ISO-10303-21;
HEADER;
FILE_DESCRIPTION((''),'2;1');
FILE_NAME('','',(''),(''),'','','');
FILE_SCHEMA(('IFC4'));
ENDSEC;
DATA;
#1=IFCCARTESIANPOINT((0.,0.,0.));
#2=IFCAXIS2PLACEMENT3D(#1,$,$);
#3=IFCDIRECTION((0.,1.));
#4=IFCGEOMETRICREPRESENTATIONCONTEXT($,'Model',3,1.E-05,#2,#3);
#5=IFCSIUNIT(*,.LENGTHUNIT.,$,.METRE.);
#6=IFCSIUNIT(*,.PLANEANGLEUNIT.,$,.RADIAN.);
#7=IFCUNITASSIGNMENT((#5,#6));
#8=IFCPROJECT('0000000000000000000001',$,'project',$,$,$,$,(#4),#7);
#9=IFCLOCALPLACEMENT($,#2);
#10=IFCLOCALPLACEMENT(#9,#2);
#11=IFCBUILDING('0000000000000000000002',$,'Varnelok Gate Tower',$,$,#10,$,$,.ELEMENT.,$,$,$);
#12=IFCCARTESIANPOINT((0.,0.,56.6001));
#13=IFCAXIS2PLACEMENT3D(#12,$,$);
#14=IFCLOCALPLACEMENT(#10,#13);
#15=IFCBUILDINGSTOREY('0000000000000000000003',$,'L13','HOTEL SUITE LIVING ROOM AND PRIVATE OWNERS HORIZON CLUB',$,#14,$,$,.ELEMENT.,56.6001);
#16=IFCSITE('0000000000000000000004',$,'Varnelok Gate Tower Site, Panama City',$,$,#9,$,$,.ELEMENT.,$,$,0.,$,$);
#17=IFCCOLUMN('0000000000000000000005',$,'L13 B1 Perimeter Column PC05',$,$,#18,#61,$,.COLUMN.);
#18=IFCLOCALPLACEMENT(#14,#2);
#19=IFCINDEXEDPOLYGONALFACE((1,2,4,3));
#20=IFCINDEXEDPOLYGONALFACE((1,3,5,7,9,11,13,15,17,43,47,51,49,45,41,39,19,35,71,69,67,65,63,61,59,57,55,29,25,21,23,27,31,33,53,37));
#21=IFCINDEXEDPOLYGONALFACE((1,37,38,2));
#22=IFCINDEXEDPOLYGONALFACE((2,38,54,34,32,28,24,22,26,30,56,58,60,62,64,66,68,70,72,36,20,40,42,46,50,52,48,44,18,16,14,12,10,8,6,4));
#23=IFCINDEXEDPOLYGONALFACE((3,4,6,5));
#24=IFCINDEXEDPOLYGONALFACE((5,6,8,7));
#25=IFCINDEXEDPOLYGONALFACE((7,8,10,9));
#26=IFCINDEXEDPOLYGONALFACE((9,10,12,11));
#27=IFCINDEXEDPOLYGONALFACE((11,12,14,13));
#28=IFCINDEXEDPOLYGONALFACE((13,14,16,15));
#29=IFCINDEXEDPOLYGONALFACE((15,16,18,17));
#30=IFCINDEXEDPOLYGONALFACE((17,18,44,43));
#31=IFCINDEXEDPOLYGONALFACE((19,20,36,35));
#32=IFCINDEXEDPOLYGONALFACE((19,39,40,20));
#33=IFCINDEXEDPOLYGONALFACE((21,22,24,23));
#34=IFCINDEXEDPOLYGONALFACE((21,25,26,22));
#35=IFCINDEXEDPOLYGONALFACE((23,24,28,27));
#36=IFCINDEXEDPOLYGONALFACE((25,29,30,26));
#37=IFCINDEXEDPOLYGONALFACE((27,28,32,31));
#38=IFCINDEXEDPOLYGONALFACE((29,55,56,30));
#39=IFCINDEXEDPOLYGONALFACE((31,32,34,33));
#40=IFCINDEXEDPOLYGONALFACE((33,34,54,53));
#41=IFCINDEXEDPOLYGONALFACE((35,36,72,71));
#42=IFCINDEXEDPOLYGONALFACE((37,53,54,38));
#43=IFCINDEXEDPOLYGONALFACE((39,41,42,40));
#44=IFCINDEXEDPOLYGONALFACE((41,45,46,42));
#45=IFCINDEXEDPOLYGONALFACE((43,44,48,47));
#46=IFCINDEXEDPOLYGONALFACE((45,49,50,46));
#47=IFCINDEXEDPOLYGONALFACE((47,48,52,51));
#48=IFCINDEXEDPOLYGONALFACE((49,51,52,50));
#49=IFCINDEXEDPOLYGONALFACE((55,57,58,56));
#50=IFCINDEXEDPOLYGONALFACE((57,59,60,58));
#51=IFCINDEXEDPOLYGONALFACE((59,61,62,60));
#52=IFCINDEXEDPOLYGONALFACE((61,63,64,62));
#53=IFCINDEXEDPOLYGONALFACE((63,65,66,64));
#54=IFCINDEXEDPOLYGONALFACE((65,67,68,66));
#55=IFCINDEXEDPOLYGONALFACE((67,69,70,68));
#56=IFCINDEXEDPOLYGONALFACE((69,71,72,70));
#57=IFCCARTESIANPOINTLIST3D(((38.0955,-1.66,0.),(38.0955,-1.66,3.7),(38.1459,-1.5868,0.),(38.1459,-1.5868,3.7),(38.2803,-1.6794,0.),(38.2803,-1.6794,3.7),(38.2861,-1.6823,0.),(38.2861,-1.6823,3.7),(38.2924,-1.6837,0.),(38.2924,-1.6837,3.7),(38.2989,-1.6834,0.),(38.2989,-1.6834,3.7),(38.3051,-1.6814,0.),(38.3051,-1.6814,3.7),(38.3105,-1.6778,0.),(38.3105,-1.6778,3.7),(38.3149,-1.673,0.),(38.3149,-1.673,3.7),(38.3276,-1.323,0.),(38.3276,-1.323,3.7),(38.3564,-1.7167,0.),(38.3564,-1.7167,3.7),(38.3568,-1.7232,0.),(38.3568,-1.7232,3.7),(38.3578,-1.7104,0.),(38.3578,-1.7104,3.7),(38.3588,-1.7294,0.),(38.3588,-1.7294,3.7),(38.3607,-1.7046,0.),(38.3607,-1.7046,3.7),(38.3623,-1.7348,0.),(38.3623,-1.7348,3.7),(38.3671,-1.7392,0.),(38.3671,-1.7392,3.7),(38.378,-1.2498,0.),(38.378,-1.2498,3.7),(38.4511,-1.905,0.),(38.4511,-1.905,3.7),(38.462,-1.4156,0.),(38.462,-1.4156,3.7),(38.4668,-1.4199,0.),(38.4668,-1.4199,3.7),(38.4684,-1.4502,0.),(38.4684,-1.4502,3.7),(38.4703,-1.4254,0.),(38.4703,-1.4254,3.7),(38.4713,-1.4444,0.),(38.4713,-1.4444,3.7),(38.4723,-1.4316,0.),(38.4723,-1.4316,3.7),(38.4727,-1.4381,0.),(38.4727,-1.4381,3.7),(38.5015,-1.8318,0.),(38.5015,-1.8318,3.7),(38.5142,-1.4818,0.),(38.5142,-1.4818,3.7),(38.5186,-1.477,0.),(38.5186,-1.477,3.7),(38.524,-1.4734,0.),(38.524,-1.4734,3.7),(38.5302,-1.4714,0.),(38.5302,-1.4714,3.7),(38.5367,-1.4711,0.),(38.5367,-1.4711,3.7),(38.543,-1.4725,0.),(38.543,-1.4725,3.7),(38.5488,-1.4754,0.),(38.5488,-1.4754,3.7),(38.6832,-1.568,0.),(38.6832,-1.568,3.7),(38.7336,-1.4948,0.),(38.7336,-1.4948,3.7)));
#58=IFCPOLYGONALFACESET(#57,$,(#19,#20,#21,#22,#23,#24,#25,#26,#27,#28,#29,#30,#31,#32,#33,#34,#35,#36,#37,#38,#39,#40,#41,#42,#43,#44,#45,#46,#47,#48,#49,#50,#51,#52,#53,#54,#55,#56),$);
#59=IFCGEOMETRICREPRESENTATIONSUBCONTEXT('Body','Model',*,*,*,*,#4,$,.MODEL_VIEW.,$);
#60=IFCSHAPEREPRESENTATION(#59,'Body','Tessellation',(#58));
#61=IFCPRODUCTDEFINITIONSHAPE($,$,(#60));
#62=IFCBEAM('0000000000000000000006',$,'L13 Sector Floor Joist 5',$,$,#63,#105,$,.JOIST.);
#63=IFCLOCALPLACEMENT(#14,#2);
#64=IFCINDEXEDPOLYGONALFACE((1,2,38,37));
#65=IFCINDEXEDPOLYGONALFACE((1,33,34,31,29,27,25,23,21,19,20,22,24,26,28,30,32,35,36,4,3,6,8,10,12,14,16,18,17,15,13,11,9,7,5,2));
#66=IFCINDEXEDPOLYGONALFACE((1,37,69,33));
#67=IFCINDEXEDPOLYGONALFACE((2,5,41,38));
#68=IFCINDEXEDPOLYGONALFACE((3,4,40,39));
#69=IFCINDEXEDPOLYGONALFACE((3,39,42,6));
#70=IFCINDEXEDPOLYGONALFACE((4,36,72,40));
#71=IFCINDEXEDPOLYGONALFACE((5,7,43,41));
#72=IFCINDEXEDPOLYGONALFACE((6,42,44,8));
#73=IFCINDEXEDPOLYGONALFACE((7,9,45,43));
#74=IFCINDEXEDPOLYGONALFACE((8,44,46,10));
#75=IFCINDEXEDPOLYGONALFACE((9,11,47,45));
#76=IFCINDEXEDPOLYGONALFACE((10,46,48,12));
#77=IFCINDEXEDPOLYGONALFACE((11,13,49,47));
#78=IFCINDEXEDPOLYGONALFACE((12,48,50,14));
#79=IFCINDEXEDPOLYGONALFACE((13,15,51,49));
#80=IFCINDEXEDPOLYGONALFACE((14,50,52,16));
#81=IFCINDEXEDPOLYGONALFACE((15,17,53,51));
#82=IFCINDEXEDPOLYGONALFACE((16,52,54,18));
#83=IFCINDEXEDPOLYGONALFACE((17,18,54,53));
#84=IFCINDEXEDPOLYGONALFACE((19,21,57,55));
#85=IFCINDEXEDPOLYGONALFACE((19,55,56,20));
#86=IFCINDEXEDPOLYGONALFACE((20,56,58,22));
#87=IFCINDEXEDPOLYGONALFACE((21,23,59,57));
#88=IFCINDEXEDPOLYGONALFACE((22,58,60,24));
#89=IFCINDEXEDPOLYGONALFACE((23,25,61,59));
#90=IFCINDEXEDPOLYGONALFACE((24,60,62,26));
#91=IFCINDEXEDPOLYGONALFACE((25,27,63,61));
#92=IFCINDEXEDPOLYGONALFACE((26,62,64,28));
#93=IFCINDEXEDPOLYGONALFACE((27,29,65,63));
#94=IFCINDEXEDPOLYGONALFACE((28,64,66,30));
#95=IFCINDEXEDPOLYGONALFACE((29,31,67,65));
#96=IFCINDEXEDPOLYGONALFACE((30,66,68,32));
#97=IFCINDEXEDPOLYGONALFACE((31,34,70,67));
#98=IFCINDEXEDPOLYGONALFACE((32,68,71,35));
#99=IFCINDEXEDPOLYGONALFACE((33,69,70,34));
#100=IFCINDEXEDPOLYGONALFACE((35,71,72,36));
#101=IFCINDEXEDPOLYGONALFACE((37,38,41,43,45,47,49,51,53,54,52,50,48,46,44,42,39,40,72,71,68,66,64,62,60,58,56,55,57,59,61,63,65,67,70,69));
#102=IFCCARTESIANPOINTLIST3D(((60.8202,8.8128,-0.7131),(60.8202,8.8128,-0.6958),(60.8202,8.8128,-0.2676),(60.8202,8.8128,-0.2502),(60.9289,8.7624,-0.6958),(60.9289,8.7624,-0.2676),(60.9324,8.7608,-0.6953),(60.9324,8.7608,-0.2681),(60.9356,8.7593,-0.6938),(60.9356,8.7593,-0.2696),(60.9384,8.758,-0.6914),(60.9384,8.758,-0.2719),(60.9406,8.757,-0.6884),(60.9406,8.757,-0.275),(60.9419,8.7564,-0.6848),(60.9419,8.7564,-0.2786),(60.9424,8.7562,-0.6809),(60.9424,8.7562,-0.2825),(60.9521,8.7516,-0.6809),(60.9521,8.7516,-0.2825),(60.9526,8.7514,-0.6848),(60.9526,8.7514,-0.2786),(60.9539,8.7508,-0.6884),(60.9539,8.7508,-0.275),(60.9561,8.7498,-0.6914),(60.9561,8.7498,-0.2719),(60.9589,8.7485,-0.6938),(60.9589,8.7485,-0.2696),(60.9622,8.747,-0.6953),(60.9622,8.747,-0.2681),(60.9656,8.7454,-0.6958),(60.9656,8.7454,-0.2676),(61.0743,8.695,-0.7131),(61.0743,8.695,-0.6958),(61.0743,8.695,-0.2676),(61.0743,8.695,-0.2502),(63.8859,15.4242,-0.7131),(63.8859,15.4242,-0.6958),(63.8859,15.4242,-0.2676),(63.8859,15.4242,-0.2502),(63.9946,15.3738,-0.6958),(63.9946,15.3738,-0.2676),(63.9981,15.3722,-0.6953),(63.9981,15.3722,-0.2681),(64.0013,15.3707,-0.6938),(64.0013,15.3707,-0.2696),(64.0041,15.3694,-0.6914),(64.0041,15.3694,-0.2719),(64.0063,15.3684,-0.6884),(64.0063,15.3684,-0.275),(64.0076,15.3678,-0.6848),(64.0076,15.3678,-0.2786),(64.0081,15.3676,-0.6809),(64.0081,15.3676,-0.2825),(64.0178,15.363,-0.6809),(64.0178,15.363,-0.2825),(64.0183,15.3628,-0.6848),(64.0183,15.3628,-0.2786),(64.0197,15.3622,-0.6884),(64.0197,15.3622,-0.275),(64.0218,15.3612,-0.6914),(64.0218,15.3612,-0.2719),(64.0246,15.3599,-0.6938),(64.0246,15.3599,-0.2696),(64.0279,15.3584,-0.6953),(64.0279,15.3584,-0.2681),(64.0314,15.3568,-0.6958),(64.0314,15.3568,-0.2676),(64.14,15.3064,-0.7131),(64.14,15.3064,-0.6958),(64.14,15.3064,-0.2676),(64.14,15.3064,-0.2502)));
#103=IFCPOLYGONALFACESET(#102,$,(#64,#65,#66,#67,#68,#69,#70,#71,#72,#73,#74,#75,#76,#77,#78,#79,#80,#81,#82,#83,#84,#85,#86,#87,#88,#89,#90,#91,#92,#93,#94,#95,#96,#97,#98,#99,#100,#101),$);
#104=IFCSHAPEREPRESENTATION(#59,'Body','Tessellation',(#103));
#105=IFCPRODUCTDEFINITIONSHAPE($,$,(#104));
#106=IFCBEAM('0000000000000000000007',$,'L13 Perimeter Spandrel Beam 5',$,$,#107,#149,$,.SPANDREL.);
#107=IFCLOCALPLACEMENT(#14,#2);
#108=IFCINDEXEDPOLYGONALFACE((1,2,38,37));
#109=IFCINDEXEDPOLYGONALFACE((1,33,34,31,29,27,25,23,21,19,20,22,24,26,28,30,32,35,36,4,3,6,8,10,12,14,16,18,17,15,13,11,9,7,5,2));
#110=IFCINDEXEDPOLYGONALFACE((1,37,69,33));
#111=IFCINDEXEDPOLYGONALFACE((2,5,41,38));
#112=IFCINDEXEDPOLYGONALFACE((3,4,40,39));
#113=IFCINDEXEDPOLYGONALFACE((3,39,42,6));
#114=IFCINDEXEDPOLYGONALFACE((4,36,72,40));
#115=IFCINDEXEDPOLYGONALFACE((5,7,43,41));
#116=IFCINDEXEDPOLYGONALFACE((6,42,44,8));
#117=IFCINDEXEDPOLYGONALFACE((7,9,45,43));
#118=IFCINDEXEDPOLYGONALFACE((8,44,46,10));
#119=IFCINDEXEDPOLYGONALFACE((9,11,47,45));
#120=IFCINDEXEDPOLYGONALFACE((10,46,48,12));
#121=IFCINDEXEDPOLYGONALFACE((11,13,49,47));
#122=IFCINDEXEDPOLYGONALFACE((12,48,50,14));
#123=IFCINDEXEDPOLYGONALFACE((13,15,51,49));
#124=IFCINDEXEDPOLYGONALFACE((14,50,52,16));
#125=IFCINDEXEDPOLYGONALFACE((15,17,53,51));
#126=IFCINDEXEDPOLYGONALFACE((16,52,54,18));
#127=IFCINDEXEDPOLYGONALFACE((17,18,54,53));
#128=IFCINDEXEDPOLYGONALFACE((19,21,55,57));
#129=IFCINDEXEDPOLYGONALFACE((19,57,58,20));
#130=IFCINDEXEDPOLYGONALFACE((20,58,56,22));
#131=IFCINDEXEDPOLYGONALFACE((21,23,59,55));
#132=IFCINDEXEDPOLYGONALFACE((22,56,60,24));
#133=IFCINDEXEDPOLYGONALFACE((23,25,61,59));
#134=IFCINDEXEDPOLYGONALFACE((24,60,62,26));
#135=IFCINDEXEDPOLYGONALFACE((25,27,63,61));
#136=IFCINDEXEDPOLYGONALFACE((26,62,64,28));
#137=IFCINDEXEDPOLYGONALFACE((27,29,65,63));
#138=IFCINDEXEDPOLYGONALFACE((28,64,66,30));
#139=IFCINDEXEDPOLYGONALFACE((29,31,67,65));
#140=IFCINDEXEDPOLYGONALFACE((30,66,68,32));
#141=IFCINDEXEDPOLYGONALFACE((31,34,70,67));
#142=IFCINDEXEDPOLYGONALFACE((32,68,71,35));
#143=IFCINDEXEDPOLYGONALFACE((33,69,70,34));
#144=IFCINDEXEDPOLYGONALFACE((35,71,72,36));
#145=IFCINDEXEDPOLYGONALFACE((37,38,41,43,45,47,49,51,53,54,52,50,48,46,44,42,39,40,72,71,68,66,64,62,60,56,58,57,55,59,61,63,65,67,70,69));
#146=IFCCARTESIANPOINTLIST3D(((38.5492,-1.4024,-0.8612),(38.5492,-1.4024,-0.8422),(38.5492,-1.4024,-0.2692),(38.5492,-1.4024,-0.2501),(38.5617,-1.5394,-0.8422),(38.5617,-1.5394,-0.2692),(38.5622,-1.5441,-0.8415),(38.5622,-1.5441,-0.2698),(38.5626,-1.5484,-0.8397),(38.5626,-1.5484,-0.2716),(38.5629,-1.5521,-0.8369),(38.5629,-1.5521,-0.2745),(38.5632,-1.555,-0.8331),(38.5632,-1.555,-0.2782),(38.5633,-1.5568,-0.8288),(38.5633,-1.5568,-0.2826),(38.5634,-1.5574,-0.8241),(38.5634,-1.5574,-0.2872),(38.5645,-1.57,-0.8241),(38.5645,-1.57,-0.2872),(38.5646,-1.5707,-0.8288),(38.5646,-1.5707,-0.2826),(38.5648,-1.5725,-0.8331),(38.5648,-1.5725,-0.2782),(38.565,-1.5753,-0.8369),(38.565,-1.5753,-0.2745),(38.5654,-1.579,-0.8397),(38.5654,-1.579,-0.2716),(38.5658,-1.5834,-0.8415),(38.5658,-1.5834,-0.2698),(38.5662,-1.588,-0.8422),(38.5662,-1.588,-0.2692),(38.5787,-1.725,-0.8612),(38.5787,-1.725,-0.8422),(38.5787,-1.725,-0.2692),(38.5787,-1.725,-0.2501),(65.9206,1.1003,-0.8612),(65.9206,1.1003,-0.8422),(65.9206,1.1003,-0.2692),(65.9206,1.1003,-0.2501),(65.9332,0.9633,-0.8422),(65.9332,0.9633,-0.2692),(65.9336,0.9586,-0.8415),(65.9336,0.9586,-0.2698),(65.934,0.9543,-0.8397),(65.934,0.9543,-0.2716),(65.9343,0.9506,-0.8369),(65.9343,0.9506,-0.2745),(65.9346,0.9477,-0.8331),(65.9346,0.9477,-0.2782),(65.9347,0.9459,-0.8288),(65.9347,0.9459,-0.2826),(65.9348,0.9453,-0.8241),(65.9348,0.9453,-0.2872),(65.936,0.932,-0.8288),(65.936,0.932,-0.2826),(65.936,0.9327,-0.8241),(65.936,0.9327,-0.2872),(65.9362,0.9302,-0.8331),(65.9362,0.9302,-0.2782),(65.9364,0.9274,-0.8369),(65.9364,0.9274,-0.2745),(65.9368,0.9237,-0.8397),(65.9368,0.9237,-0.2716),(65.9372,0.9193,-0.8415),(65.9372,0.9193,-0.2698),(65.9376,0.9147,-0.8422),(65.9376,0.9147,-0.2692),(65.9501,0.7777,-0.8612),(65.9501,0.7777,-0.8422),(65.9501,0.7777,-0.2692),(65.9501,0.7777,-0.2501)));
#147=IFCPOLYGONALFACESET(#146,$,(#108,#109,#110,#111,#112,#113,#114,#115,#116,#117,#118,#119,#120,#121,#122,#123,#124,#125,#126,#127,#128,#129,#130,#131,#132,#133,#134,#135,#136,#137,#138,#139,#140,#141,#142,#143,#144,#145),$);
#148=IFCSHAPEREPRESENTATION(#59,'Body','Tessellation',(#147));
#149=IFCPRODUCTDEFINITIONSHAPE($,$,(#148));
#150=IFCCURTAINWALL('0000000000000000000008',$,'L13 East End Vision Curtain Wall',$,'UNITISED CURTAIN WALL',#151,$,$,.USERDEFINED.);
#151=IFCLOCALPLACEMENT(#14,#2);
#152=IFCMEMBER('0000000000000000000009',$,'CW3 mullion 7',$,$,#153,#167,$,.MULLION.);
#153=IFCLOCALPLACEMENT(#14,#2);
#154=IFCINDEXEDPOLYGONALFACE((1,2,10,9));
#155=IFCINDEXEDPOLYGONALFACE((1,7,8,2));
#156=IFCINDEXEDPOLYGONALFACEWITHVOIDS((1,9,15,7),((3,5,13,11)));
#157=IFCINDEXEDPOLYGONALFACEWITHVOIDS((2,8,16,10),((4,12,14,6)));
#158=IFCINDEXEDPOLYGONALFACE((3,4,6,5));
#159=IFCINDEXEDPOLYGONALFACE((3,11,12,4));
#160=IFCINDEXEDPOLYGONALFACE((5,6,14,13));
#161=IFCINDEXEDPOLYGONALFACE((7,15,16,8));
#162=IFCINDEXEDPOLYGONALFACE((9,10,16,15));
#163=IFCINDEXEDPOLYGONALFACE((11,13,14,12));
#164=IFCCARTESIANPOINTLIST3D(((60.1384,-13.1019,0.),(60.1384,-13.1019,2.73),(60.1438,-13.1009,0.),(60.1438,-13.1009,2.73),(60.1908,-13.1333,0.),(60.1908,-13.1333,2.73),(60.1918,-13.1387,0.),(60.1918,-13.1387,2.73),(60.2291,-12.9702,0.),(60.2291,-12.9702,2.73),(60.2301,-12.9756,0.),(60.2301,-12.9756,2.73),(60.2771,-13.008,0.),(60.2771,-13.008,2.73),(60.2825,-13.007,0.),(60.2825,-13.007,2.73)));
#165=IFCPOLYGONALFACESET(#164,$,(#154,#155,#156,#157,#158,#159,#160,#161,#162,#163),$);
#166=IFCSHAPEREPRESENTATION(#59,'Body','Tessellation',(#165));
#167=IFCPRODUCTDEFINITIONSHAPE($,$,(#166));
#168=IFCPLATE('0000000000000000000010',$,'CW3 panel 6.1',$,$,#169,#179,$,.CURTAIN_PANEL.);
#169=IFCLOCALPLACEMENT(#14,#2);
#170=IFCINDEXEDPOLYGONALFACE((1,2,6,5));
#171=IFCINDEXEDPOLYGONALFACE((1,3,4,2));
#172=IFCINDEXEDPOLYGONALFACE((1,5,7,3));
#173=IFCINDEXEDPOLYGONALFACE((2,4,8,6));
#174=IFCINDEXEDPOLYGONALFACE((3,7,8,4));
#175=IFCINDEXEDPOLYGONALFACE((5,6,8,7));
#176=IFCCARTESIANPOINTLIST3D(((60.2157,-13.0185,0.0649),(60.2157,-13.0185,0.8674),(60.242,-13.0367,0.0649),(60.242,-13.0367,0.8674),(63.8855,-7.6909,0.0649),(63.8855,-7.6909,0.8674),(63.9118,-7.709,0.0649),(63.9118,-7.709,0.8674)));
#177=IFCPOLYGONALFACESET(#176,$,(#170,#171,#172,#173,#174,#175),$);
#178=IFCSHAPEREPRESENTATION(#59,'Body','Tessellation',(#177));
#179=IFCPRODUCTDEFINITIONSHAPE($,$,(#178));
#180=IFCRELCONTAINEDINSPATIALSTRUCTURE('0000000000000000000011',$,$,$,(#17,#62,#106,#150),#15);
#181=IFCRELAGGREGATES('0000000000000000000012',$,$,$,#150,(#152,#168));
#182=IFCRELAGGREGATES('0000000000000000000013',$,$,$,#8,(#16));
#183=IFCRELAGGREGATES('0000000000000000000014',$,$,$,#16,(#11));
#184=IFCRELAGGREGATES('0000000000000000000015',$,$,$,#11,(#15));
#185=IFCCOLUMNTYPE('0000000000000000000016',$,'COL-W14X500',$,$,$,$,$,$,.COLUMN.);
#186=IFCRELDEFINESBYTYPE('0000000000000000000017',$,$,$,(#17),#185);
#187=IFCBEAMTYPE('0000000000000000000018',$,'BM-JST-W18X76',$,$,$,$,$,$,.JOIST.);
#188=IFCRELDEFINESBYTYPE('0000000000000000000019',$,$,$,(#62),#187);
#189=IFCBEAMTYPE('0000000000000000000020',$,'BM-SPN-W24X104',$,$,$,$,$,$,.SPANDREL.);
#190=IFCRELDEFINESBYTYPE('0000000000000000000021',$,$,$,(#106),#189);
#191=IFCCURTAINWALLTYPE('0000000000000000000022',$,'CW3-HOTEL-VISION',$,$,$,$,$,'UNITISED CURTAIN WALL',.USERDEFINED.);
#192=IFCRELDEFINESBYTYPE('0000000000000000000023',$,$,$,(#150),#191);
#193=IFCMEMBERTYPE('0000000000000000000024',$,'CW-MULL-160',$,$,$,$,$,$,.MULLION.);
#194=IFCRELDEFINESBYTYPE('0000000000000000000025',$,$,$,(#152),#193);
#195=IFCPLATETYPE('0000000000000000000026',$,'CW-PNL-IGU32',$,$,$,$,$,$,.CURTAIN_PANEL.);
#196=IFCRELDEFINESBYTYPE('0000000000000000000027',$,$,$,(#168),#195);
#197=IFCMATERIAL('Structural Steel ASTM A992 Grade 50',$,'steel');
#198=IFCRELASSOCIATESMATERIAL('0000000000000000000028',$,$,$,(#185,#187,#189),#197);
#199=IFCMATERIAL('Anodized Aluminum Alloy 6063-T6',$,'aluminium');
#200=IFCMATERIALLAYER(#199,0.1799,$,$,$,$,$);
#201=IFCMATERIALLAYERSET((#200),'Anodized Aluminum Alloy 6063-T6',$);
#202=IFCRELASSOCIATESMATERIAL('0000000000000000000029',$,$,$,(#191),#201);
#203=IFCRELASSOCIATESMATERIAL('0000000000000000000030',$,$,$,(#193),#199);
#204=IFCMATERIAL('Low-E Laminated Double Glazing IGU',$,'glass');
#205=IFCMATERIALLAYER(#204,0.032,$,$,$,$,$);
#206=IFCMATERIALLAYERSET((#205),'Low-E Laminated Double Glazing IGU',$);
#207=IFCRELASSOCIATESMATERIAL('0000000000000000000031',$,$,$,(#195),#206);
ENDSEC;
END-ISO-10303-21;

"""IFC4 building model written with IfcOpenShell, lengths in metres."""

from ifc_helpers import new_model, si_unit, direction, frame, origin, origin_2d, place, context, subcontext, project, spatial, rectangle, hollow_rectangle, i_section, extrude, source, transform, mapped, material, layer, layer_set, material_profile, profile_set, type_object, element, aggregate, save


model = new_model("IFC4")

# Units and contexts
model_context = context("Model", 3, precision=1e-05, world=origin(), true_north=direction((0.0, 1.0)))
body_context = subcontext(model_context, "Body", "Model", "MODEL_VIEW")
ifc_project = project(units=[si_unit("LENGTHUNIT", "METRE"), si_unit("PLANEANGLEUNIT", "RADIAN")], contexts=[model_context])

# Site, building, storey
site_placement = place(None, origin())
site = spatial("IfcSite", under=ifc_project, at=site_placement, Name="Varnelok Gate Tower Site, Panama City", CompositionType="ELEMENT", RefElevation=0.0)
building_placement = place(site_placement, origin())
building = spatial("IfcBuilding", under=site, at=building_placement, Name="Varnelok Gate Tower", CompositionType="ELEMENT")
storey_placement = place(building_placement, frame((0.0, 0.0, 56.6001)))
storey = spatial("IfcBuildingStorey", under=building, at=storey_placement, Name="L13", Description="HOTEL SUITE LIVING ROOM AND PRIVATE OWNERS HORIZON CLUB", CompositionType="ELEMENT", Elevation=56.6001)

# Column
ifc_material_1 = material(Name="Structural Steel ASTM A992 Grade 50", Category="steel")
ifc_material_profile_1 = material_profile(ifc_material_1, i_section(OverallWidth=0.4319, OverallDepth=0.498, WebThickness=0.0557, FlangeThickness=0.0889, FilletRadius=0.0249, at=origin_2d()), Name="W14X500")
ifc_profile_set_1 = profile_set([ifc_material_profile_1], Name="Structural Steel ASTM A992 Grade 50")
column_type = type_object("IfcColumnType", Name="COL-W14X500", PredefinedType="COLUMN", material=ifc_profile_set_1)
column_placement = place(storey_placement, frame((38.4146, -1.5774, 0.0), z_axis=(0.0, 0.0, 1.0), x_axis=(0.823533, -0.567269, 0.0)))
element("IfcColumn", 1, at=column_placement, inside=storey, type_object=column_type, Name="L13 B1 Perimeter Column PC05", PredefinedType="COLUMN", context=body_context, shape_type="SweptSolid", body=[
    extrude(i_section(OverallWidth=0.4319, OverallDepth=0.498, WebThickness=0.0557, FlangeThickness=0.0889, FilletRadius=0.0249, at=origin_2d()), origin(), (0.0, 0.0, 1.0), 3.7),
])

# Beams
ifc_material_profile_2 = material_profile(ifc_material_1, i_section(OverallWidth=0.28, OverallDepth=0.4629, WebThickness=0.0107, FlangeThickness=0.0173, FilletRadius=0.0149, at=origin_2d()), Name="W18X76")
ifc_profile_set_2 = profile_set([ifc_material_profile_2], Name="Structural Steel ASTM A992 Grade 50")
beam_type_1 = type_object("IfcBeamType", Name="BM-JST-W18X76", PredefinedType="JOIST", material=ifc_profile_set_2)
beam_1_placement = place(storey_placement, frame((60.9473, 8.7539, -0.4817), z_axis=(0.420674, 0.907212, 0.0), x_axis=(-0.907212, 0.420674, 0.0)))
element("IfcBeam", 2, at=beam_1_placement, inside=storey, type_object=beam_type_1, Name="L13 Sector Floor Joist 5", PredefinedType="JOIST", context=body_context, shape_type="SweptSolid", body=[
    extrude(i_section(OverallWidth=0.28, OverallDepth=0.4629, WebThickness=0.0107, FlangeThickness=0.0173, FilletRadius=0.0149, at=origin_2d()), origin(), (0.0, 0.0, 1.0), 7.2876),
])
ifc_material_profile_3 = material_profile(ifc_material_1, i_section(OverallWidth=0.324, OverallDepth=0.6111, WebThickness=0.0127, FlangeThickness=0.019, FilletRadius=0.0181, at=origin_2d()), Name="W24X104")
ifc_profile_set_3 = profile_set([ifc_material_profile_3], Name="Structural Steel ASTM A992 Grade 50")
beam_type_2 = type_object("IfcBeamType", Name="BM-SPN-W24X104", PredefinedType="SPANDREL", material=ifc_profile_set_3)
beam_2_placement = place(storey_placement, frame((38.564, -1.5637, -0.5557), z_axis=(0.995846, 0.091055, 0.0), x_axis=(-0.091055, 0.995846, 0.0)))
element("IfcBeam", 3, at=beam_2_placement, inside=storey, type_object=beam_type_2, Name="L13 Perimeter Spandrel Beam 5", PredefinedType="SPANDREL", context=body_context, shape_type="SweptSolid", body=[
    extrude(i_section(OverallWidth=0.324, OverallDepth=0.6111, WebThickness=0.0127, FlangeThickness=0.019, FilletRadius=0.0181, at=origin_2d()), origin(), (0.0, 0.0, 1.0), 27.4856),
])

# Curtain wall, member, plate
ifc_material_2 = material(Name="Anodized Aluminum Alloy 6063-T6", Category="aluminium")
ifc_layer_1 = layer(ifc_material_2, 0.1799)
ifc_layer_set_1 = layer_set([ifc_layer_1], Name="Anodized Aluminum Alloy 6063-T6")
curtain_wall_type = type_object("IfcCurtainWallType", Name="CW3-HOTEL-VISION", ElementType="UNITISED CURTAIN WALL", PredefinedType="USERDEFINED", material=ifc_layer_set_1)
curtain_wall_placement = place(storey_placement, origin())
curtain_wall = element("IfcCurtainWall", 4, at=curtain_wall_placement, inside=storey, type_object=curtain_wall_type, Name="L13 East End Vision Curtain Wall", ObjectType="UNITISED CURTAIN WALL", PredefinedType="USERDEFINED")
ifc_material_profile_4 = material_profile(ifc_material_2, hollow_rectangle(XDim=0.0649, YDim=0.1599, WallThickness=0.0039, at=origin_2d()), Name="ALU160X65X4")
ifc_profile_set_4 = profile_set([ifc_material_profile_4], Name="Anodized Aluminum Alloy 6063-T6")
member_type = type_object("IfcMemberType", Name="CW-MULL-160", PredefinedType="MULLION", material=ifc_profile_set_4)
member_placement = place(storey_placement, frame((60.2104, -13.0544, 0.0), z_axis=(0.0, 0.0, 1.0), x_axis=(0.823533, -0.567269, 0.0)))
member = element("IfcMember", 5, at=member_placement, type_object=member_type, Name="CW3 mullion 7", PredefinedType="MULLION", context=body_context, shape_type="SweptSolid", body=[
    extrude(hollow_rectangle(XDim=0.0649, YDim=0.1599, WallThickness=0.0039, at=origin_2d()), origin(), (0.0, 0.0, 1.0), 2.73),
])
ifc_material_3 = material(Name="Low-E Laminated Double Glazing IGU", Category="glass")
ifc_layer_2 = layer(ifc_material_3, 0.032)
ifc_layer_set_2 = layer_set([ifc_layer_2], Name="Low-E Laminated Double Glazing IGU")
plate_type = type_object("IfcPlateType", Name="CW-PNL-IGU32", PredefinedType="CURTAIN_PANEL", material=ifc_layer_set_2)
shared_shape_1 = source(origin(), body_context, "Body", "SweptSolid", [
    extrude(rectangle(XDim=6.4692, YDim=0.032, at=origin_2d()), origin(), (0.0, 0.0, 1.0), 0.8025),
])
plate_1_placement = place(storey_placement, frame((62.0637, -10.3638, 0.0649), z_axis=(0.0, 0.0, 1.0), x_axis=(-0.567269, -0.823533, 0.0)))
plate_1 = element("IfcPlate", 6, at=plate_1_placement, type_object=plate_type, Name="CW3 panel 6.1", PredefinedType="CURTAIN_PANEL", context=body_context, shape_type="MappedRepresentation", body=[
    mapped(shared_shape_1, transform((0.0, 0.0, 0.0), scale=1.0)),
])
aggregate(curtain_wall, [member, plate_1])

save(model, "model.ifc")
